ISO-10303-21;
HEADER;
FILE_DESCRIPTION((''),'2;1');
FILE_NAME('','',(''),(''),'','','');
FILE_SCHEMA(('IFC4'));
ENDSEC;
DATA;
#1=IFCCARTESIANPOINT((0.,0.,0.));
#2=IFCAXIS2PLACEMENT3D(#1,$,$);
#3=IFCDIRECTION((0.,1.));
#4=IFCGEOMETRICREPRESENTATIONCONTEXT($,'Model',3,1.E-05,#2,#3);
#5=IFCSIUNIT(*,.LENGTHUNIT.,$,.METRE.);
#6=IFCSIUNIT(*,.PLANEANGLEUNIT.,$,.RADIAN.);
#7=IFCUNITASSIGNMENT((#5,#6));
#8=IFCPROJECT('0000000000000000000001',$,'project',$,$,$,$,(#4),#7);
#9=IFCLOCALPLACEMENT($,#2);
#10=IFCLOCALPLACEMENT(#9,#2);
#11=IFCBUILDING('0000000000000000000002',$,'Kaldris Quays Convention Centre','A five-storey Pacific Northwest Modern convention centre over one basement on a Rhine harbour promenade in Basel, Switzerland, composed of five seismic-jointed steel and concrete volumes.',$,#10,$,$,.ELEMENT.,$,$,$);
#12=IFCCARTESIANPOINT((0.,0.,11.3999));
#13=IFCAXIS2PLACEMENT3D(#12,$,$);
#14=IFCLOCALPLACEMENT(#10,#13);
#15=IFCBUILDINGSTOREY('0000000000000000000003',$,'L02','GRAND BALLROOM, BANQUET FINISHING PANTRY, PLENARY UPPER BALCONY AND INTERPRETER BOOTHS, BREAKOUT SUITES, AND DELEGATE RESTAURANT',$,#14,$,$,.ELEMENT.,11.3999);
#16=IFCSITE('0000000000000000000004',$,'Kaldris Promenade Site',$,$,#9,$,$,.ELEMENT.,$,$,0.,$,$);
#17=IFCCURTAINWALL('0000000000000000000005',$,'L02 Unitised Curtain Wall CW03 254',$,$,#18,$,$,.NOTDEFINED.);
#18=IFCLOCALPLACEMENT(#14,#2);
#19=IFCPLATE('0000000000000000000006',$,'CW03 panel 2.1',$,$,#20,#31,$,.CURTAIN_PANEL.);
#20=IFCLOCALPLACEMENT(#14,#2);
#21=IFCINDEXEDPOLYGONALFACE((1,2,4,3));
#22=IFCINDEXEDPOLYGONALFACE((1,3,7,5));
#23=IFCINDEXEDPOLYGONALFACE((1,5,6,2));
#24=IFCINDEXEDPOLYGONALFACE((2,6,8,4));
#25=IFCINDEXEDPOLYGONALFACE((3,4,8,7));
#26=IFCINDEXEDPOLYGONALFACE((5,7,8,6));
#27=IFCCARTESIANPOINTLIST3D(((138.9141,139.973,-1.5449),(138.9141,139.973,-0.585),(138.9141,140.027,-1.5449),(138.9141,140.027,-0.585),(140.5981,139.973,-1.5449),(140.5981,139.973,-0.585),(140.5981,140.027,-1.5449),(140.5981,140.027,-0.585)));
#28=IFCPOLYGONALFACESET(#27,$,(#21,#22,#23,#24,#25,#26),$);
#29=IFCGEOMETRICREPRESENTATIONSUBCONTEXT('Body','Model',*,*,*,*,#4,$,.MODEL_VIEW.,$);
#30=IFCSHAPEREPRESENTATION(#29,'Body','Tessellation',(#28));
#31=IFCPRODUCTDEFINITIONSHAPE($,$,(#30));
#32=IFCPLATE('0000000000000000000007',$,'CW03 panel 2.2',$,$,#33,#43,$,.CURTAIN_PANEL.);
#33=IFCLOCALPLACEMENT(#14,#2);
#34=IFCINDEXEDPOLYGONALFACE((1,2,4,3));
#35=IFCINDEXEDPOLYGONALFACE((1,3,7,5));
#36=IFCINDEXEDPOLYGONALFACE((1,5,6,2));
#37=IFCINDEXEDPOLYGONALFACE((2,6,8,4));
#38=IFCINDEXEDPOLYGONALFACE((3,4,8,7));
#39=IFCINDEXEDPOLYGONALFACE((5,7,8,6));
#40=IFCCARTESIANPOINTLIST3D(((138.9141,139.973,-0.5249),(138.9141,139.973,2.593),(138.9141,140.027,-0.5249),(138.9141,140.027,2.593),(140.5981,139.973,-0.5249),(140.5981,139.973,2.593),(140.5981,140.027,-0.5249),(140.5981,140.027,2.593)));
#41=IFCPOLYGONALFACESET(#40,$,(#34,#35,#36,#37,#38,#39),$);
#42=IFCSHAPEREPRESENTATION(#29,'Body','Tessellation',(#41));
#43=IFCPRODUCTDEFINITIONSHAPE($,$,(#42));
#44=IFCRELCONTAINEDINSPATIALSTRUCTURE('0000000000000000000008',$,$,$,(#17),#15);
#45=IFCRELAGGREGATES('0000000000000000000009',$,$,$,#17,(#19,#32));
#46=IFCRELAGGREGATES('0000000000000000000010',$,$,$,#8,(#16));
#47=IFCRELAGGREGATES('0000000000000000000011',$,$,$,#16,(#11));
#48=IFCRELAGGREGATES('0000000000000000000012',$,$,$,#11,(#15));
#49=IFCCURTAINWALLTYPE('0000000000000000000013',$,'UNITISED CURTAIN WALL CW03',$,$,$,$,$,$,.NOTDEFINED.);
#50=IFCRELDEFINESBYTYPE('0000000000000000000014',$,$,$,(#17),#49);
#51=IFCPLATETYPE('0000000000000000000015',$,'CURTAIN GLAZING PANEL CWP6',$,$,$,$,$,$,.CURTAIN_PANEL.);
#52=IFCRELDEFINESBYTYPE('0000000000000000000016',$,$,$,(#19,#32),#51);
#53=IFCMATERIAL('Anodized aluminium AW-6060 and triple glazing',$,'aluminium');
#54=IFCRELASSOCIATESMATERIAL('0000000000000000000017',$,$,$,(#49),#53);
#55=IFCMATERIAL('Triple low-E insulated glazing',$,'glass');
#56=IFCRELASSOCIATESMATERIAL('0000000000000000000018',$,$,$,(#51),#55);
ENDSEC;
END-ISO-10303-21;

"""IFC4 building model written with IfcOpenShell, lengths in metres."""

from ifc_helpers import new_model, si_unit, direction, frame, origin, origin_2d, place, context, subcontext, project, spatial, rectangle, extrude, material, type_object, element, aggregate, save


model = new_model("IFC4")

# Units and contexts
model_context = context("Model", 3, precision=1e-05, world=origin(), true_north=direction((0.0, 1.0)))
body_context = subcontext(model_context, "Body", "Model", "MODEL_VIEW")
ifc_project = project(units=[si_unit("LENGTHUNIT", "METRE"), si_unit("PLANEANGLEUNIT", "RADIAN")], contexts=[model_context])

# Site, building, storey
site_placement = place(None, origin())
site = spatial("IfcSite", under=ifc_project, at=site_placement, Name="Kaldris Promenade Site", CompositionType="ELEMENT", RefElevation=0.0)
building_placement = place(site_placement, origin())
building = spatial("IfcBuilding", under=site, at=building_placement, Name="Kaldris Quays Convention Centre", Description="A five-storey Pacific Northwest Modern convention centre over one basement on a Rhine harbour promenade in Basel, Switzerland, composed of five seismic-jointed steel and concrete volumes.", CompositionType="ELEMENT")
storey_placement = place(building_placement, frame((0.0, 0.0, 11.3999)))
storey = spatial("IfcBuildingStorey", under=building, at=storey_placement, Name="L02", Description="GRAND BALLROOM, BANQUET FINISHING PANTRY, PLENARY UPPER BALCONY AND INTERPRETER BOOTHS, BREAKOUT SUITES, AND DELEGATE RESTAURANT", CompositionType="ELEMENT", Elevation=11.3999)

# Curtain wall
ifc_material_1 = material(Name="Anodized aluminium AW-6060 and triple glazing", Category="aluminium")
curtain_wall_type = type_object("IfcCurtainWallType", Name="UNITISED CURTAIN WALL CW03", PredefinedType="NOTDEFINED", material=ifc_material_1)
curtain_wall_1_placement = place(storey_placement, origin())
curtain_wall_1 = element("IfcCurtainWall", 1, at=curtain_wall_1_placement, inside=storey, type_object=curtain_wall_type, Name="L02 Unitised Curtain Wall CW03 254", PredefinedType="NOTDEFINED")

# Plates
ifc_material_2 = material(Name="Triple low-E insulated glazing", Category="glass")
plate_type_1 = type_object("IfcPlateType", Name="CURTAIN GLAZING PANEL CWP6", PredefinedType="CURTAIN_PANEL", material=ifc_material_2)
plate_1_placement = place(storey_placement, frame((139.7561, 140.0, -1.5449), z_axis=(0.0, 0.0, 1.0), x_axis=(1.0, 0.0, 0.0)))
plate_1 = element("IfcPlate", 2, at=plate_1_placement, type_object=plate_type_1, Name="CW03 panel 2.1", PredefinedType="CURTAIN_PANEL", context=body_context, shape_type="SweptSolid", body=[
    extrude(rectangle(XDim=1.6841, YDim=0.054, at=origin_2d()), origin(), (0.0, 0.0, 1.0), 0.96),
])
plate_2_placement = place(storey_placement, frame((139.7561, 140.0, -0.5249), z_axis=(0.0, 0.0, 1.0), x_axis=(1.0, 0.0, 0.0)))
plate_2 = element("IfcPlate", 3, at=plate_2_placement, type_object=plate_type_1, Name="CW03 panel 2.2", PredefinedType="CURTAIN_PANEL", context=body_context, shape_type="SweptSolid", body=[
    extrude(rectangle(XDim=1.6841, YDim=0.054, at=origin_2d()), origin(), (0.0, 0.0, 1.0), 3.1179),
])
aggregate(curtain_wall_1, [plate_1, plate_2])

save(model, "model.ifc")
